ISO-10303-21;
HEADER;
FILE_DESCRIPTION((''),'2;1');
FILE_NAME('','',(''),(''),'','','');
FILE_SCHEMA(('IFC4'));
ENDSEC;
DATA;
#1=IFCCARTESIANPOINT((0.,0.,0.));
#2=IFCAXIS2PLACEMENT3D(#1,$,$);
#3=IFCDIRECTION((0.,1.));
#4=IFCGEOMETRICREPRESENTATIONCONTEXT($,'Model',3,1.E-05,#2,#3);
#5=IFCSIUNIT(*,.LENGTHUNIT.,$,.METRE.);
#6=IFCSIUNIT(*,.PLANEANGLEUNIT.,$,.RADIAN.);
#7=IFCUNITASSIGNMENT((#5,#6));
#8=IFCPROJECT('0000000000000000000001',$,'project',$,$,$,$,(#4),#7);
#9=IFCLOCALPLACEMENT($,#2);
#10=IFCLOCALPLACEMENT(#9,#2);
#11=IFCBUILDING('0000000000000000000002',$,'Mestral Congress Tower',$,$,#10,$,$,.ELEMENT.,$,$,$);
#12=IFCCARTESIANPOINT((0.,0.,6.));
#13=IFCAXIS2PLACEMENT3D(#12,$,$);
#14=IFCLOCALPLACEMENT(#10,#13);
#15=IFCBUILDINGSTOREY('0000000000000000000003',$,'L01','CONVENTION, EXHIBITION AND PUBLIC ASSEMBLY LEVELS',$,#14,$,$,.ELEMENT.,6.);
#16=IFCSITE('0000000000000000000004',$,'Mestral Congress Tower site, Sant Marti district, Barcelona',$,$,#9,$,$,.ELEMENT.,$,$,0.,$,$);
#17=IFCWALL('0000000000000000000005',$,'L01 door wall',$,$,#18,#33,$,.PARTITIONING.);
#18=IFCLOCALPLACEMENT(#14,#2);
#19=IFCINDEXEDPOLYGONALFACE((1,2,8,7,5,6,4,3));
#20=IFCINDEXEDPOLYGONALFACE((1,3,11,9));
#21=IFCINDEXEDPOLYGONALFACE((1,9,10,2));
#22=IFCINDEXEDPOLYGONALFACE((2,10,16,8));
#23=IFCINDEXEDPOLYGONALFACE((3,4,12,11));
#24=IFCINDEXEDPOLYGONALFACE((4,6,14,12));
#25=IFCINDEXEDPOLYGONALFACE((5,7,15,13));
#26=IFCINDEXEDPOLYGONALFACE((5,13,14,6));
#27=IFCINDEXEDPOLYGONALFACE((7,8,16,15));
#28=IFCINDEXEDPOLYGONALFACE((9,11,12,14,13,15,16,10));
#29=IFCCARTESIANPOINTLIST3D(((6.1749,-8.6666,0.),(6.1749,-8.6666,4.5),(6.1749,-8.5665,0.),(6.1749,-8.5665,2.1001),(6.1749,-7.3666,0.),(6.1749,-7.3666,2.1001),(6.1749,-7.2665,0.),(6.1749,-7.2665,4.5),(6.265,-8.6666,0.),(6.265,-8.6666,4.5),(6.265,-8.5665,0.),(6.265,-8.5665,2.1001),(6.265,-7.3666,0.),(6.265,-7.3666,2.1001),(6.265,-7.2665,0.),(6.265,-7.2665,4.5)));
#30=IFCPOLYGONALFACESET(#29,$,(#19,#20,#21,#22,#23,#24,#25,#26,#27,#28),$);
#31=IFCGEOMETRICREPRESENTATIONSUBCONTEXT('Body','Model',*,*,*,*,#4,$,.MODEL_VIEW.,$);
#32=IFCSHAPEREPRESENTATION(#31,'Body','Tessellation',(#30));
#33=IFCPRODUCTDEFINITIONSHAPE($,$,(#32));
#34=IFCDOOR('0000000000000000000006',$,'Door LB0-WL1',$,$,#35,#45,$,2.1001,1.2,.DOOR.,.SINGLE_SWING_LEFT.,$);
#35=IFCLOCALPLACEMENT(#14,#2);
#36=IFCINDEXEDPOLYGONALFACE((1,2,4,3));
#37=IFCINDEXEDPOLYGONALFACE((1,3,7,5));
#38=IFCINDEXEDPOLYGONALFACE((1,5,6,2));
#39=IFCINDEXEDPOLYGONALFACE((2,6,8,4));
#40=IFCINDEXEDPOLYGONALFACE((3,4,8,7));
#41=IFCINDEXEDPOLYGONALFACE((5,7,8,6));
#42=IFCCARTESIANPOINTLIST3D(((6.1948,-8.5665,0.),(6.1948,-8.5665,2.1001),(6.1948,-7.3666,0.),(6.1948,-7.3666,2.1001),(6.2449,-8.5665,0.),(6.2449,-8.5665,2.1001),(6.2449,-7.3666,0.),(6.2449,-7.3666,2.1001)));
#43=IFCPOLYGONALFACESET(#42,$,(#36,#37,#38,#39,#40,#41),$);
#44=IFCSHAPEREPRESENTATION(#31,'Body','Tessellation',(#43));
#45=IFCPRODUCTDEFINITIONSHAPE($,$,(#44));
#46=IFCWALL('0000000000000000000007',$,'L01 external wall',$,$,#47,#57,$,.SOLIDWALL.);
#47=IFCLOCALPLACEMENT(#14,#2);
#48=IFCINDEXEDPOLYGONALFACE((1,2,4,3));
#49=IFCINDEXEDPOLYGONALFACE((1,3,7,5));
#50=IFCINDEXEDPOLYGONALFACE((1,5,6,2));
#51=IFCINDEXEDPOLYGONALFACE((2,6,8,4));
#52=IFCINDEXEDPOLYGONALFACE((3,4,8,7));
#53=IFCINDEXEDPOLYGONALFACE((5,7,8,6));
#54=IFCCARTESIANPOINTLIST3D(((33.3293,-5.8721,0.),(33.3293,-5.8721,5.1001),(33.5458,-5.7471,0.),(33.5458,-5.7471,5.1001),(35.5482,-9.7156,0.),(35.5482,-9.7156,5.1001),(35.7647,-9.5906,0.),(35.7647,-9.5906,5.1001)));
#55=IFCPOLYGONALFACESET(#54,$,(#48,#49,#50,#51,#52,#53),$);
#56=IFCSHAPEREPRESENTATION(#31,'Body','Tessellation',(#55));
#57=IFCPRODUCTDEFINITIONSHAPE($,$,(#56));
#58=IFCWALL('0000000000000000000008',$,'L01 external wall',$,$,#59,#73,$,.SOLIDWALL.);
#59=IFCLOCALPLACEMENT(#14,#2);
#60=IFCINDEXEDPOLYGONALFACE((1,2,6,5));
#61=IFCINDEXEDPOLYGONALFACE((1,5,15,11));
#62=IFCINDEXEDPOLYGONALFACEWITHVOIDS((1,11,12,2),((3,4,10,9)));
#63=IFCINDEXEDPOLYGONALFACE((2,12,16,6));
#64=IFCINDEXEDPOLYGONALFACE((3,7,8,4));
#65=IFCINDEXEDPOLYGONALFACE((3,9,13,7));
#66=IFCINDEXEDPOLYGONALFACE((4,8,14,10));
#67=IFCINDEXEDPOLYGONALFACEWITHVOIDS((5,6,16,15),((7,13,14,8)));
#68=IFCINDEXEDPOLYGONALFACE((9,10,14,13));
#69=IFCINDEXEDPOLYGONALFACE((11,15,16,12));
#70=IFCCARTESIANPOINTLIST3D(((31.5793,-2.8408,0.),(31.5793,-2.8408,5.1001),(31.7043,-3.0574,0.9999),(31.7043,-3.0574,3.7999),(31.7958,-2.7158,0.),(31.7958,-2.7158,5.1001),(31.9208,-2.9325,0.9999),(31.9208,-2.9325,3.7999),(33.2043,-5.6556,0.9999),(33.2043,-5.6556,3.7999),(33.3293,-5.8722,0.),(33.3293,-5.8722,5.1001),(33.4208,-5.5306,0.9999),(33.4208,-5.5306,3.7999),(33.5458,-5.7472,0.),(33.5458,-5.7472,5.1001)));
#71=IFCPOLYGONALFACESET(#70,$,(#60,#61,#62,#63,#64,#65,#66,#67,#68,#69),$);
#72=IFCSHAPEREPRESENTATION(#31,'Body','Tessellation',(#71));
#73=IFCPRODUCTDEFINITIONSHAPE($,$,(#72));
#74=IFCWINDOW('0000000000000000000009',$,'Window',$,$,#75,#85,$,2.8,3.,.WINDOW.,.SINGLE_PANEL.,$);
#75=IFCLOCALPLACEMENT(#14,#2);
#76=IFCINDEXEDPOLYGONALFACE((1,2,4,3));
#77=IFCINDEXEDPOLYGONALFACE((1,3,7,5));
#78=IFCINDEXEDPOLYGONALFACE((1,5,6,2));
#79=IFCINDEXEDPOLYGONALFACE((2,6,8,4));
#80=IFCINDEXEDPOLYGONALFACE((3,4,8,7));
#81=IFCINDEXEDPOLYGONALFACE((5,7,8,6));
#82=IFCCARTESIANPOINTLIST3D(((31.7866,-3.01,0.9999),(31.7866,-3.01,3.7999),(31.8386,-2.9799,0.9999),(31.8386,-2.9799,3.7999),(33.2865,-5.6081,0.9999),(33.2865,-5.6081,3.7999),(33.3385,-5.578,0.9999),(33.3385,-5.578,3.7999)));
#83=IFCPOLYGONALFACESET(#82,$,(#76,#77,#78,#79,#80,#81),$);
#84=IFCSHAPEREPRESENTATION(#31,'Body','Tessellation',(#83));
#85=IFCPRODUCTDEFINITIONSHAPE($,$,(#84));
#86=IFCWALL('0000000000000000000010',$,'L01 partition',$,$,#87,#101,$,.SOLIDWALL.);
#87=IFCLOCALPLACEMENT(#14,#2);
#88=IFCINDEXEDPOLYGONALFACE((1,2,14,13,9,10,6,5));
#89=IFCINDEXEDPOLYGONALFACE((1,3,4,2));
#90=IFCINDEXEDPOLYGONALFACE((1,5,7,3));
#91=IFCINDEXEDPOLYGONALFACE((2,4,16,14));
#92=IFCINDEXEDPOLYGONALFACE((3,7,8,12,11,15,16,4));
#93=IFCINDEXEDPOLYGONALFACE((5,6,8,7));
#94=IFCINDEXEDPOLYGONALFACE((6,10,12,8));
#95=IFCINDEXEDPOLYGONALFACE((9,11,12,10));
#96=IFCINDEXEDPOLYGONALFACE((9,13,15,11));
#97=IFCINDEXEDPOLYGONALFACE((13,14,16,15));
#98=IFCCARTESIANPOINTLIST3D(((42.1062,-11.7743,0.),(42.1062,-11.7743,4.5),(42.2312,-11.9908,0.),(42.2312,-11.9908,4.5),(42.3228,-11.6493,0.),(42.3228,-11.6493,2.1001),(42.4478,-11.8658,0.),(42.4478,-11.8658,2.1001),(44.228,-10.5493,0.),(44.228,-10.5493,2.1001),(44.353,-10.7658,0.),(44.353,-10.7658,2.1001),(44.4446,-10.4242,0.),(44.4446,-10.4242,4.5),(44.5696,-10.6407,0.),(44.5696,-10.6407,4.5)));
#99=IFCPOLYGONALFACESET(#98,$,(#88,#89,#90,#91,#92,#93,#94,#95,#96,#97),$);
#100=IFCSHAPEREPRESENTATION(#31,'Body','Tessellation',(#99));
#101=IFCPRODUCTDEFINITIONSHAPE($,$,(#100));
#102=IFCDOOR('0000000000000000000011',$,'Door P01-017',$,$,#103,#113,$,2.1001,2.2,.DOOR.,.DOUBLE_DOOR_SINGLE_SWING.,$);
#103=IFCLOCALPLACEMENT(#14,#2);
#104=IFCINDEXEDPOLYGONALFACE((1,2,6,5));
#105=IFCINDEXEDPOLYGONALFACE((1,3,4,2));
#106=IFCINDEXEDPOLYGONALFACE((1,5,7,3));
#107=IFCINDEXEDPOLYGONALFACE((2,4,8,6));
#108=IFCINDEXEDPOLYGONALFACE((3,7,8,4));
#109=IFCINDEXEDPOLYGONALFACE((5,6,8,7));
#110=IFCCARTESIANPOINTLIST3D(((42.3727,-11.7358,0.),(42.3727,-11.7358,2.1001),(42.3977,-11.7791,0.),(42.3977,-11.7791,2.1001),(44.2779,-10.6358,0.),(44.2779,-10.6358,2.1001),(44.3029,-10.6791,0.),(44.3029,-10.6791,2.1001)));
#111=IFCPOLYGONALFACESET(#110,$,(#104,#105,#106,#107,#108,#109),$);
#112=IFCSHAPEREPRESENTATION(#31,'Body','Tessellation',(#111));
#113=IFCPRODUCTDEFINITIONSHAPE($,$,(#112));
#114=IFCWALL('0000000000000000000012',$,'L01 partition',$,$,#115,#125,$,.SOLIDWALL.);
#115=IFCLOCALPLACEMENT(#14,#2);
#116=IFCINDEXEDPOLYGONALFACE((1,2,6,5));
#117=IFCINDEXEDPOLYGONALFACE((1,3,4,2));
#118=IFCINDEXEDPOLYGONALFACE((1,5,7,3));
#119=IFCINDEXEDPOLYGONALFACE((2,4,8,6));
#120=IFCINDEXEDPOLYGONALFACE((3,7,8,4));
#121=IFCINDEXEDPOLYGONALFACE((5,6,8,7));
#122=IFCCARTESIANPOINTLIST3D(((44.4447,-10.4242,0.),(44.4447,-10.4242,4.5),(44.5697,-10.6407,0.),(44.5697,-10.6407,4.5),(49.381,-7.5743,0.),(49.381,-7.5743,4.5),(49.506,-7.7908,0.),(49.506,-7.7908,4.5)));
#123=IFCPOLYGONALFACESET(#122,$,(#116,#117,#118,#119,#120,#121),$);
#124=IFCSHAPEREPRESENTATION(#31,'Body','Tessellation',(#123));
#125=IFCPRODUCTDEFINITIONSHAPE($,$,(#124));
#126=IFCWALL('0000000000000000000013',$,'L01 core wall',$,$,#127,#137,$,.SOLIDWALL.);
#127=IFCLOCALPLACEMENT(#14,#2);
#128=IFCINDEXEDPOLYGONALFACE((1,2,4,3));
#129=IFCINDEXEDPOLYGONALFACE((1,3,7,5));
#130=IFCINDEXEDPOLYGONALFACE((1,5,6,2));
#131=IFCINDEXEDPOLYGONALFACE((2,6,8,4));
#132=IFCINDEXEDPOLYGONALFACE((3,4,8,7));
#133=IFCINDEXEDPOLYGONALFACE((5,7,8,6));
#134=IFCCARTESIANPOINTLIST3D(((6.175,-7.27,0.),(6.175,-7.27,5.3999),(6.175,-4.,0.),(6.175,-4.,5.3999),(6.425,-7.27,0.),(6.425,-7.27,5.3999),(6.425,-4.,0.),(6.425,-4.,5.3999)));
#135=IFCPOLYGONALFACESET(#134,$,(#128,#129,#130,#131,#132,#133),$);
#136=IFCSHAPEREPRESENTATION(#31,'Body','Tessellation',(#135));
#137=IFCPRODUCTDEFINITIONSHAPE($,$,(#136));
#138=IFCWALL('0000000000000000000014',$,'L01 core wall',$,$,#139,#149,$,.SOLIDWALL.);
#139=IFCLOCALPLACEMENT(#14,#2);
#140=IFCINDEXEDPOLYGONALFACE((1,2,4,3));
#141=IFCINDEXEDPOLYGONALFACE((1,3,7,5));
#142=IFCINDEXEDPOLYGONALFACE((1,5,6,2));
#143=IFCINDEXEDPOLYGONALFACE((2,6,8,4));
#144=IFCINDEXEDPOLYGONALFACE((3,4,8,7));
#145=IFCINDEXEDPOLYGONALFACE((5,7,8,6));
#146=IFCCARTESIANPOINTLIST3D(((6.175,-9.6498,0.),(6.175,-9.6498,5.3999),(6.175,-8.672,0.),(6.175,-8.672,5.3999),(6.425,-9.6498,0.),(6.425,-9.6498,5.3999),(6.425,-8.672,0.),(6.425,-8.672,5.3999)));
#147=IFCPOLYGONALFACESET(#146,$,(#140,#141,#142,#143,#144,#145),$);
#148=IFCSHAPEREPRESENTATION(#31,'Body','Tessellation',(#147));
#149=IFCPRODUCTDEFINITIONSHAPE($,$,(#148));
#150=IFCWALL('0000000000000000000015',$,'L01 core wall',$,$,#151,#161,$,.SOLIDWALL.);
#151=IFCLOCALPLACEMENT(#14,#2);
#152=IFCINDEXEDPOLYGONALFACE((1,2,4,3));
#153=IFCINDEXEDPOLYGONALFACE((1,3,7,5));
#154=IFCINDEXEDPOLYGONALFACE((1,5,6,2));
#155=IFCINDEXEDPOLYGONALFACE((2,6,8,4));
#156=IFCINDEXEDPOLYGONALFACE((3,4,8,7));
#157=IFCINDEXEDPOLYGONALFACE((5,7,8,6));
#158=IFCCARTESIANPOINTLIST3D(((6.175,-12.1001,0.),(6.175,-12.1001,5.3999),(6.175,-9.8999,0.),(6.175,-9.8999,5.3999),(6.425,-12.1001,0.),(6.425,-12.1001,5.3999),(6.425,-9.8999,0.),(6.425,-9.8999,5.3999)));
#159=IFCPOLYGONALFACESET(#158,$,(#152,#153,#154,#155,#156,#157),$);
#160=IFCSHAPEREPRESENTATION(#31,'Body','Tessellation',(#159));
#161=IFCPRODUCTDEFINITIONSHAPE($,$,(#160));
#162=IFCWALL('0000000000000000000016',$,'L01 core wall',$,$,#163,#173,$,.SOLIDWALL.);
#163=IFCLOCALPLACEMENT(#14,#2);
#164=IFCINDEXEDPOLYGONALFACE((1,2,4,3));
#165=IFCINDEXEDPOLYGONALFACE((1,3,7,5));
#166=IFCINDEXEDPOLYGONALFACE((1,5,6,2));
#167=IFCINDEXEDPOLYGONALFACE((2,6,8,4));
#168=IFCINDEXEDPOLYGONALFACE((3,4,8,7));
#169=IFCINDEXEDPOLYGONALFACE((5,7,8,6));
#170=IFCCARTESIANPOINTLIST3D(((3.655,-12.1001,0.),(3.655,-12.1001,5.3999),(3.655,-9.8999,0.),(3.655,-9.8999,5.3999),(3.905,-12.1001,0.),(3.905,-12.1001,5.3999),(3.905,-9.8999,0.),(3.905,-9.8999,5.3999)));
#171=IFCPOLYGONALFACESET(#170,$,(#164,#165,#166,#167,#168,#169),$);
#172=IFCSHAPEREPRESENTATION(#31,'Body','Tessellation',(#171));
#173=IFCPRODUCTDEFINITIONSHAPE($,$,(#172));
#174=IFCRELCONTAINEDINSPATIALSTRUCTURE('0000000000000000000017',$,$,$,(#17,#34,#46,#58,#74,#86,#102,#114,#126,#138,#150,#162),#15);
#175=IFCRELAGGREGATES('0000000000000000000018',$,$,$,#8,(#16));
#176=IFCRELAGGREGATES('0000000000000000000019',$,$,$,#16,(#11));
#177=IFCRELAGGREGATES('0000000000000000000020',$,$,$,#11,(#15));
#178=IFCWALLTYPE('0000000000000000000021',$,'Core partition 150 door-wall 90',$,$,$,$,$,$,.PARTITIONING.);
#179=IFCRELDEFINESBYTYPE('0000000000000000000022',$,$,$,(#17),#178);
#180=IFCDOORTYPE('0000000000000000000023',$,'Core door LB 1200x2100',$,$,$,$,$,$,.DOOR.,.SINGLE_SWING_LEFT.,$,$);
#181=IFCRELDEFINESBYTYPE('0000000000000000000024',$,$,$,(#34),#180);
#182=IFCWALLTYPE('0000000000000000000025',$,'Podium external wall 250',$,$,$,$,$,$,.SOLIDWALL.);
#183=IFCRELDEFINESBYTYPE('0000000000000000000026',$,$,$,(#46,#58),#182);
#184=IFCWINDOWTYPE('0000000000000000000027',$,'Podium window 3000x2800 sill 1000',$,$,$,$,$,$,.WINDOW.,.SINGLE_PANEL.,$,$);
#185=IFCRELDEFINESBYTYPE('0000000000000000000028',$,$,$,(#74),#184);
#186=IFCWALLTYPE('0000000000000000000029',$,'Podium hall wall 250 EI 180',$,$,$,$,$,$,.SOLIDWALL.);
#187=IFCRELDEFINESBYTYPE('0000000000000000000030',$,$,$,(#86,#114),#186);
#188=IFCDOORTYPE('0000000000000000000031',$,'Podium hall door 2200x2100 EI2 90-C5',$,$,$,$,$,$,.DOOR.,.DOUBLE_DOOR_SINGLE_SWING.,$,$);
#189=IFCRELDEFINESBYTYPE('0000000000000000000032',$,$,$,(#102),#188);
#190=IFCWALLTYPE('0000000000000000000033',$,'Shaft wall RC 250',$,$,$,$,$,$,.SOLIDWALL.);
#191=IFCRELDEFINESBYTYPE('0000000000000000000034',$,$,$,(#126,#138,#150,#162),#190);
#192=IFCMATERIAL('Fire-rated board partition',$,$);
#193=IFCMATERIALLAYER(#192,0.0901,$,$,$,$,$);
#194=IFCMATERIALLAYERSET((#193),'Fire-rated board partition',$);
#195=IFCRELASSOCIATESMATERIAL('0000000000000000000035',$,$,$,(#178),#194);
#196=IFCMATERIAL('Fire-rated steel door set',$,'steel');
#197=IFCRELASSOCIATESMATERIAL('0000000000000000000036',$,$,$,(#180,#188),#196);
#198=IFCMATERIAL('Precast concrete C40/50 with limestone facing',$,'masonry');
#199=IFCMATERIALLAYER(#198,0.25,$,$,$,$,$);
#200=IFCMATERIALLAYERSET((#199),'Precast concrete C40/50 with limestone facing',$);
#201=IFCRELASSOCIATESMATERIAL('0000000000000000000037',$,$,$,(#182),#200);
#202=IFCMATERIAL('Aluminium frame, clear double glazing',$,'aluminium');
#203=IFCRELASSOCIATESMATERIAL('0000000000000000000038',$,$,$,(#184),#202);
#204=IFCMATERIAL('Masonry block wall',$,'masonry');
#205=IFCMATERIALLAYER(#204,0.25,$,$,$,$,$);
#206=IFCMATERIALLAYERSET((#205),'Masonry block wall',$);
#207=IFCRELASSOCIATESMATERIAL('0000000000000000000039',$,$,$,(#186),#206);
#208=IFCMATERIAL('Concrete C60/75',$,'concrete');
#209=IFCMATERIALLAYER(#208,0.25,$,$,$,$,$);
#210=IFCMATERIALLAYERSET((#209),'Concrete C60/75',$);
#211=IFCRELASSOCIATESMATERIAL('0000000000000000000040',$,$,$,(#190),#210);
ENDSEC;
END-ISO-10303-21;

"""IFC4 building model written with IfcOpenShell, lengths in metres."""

from ifc_helpers import new_model, si_unit, direction, frame, frame_2d, origin, place, context, subcontext, project, spatial, rectangle, extrude, material, layer, layer_set, type_object, element, fill, save


model = new_model("IFC4")

# Units and contexts
model_context = context("Model", 3, precision=1e-05, world=origin(), true_north=direction((0.0, 1.0)))
body_context = subcontext(model_context, "Body", "Model", "MODEL_VIEW")
ifc_project = project(units=[si_unit("LENGTHUNIT", "METRE"), si_unit("PLANEANGLEUNIT", "RADIAN")], contexts=[model_context])

# Site, building, storey
site_placement = place(None, origin())
site = spatial("IfcSite", under=ifc_project, at=site_placement, Name="Mestral Congress Tower site, Sant Marti district, Barcelona", CompositionType="ELEMENT", RefElevation=0.0)
building_placement = place(site_placement, origin())
building = spatial("IfcBuilding", under=site, at=building_placement, Name="Mestral Congress Tower", CompositionType="ELEMENT")
storey_placement = place(building_placement, frame((0.0, 0.0, 6.0)))
storey = spatial("IfcBuildingStorey", under=building, at=storey_placement, Name="L01", Description="CONVENTION, EXHIBITION AND PUBLIC ASSEMBLY LEVELS", CompositionType="ELEMENT", Elevation=6.0)

# Wall, opening, door
ifc_material_1 = material(Name="Fire-rated board partition")
ifc_layer_1 = layer(ifc_material_1, 0.0901)
ifc_layer_set_1 = layer_set([ifc_layer_1], Name="Fire-rated board partition")
wall_type_1 = type_object("IfcWallType", Name="Core partition 150 door-wall 90", PredefinedType="PARTITIONING", material=ifc_layer_set_1)
wall_1_placement = place(storey_placement, frame((6.22, -7.2664, 0.0), z_axis=(0.0, 0.0, 1.0), x_axis=(0.0, -1.0, 0.0)))
wall_1 = element("IfcWall", 1, at=wall_1_placement, inside=storey, type_object=wall_type_1, Name="L01 door wall", PredefinedType="PARTITIONING", context=body_context, shape_type="SweptSolid", body=[
    extrude(rectangle(XDim=1.4001, YDim=0.0901, at=frame_2d((0.7002, 0.0))), origin(), (0.0, 0.0, 1.0), 4.5),
])
opening_1_placement = place(wall_1_placement, frame((0.1001, 0.0, 0.0)))
opening_1 = element("IfcOpeningElement", 2, at=opening_1_placement, cuts=wall_1, PredefinedType="OPENING", context=body_context, shape_type="SweptSolid", body=[
    extrude(rectangle(XDim=1.2, YDim=2.1001, at=frame_2d((0.6001, 1.05))), frame((0.0, 0.0549, 0.0), z_axis=(0.0, -1.0, 0.0), x_axis=(1.0, 0.0, 0.0)), (0.0, 0.0, 1.0), 0.1101),
])
ifc_material_2 = material(Name="Fire-rated steel door set", Category="steel")
door_type_1 = type_object("IfcDoorType", Name="Core door LB 1200x2100", OperationType="SINGLE_SWING_LEFT", PredefinedType="DOOR", material=ifc_material_2)
door_1_placement = place(opening_1_placement, origin())
door_1 = element("IfcDoor", 3, at=door_1_placement, inside=storey, type_object=door_type_1, Name="Door LB0-WL1", OperationType="SINGLE_SWING_LEFT", OverallHeight=2.1001, OverallWidth=1.2, PredefinedType="DOOR", context=body_context, shape_type="SweptSolid", body=[
    extrude(rectangle(XDim=1.2, YDim=2.1001, at=frame_2d((0.6001, 1.05))), frame((0.0, 0.0249, 0.0), z_axis=(0.0, -1.0, 0.0), x_axis=(1.0, 0.0, 0.0)), (0.0, 0.0, 1.0), 0.05),
])
fill(opening_1, door_1)

# Wall
ifc_material_3 = material(Name="Precast concrete C40/50 with limestone facing", Category="masonry")
ifc_layer_2 = layer(ifc_material_3, 0.25)
ifc_layer_set_2 = layer_set([ifc_layer_2], Name="Precast concrete C40/50 with limestone facing")
wall_type_2 = type_object("IfcWallType", Name="Podium external wall 250", PredefinedType="SOLIDWALL", material=ifc_layer_set_2)
wall_2_placement = place(storey_placement, frame((35.6565, -9.6531, 0.0), z_axis=(0.0, 0.0, 1.0), x_axis=(-0.499991, 0.866031, 0.0)))
element("IfcWall", 4, at=wall_2_placement, inside=storey, type_object=wall_type_2, Name="L01 external wall", PredefinedType="SOLIDWALL", context=body_context, shape_type="SweptSolid", body=[
    extrude(rectangle(XDim=4.438, YDim=0.25, at=frame_2d((2.219, 0.0))), origin(), (0.0, 0.0, 1.0), 5.1001),
])

# Wall, opening, window
wall_3_placement = place(storey_placement, frame((33.4375, -5.8096, 0.0), z_axis=(0.0, 0.0, 1.0), x_axis=(-0.49998, 0.866037, 0.0)))
wall_3 = element("IfcWall", 5, at=wall_3_placement, inside=storey, type_object=wall_type_2, Name="L01 external wall", PredefinedType="SOLIDWALL", context=body_context, shape_type="SweptSolid", body=[
    extrude(rectangle(XDim=3.5002, YDim=0.25, at=frame_2d((1.75, 0.0))), origin(), (0.0, 0.0, 1.0), 5.1001),
])
opening_2_placement = place(wall_3_placement, frame((0.25, 0.0, 1.0)))
opening_2 = element("IfcOpeningElement", 6, at=opening_2_placement, cuts=wall_3, PredefinedType="OPENING", context=body_context, shape_type="SweptSolid", body=[
    extrude(rectangle(XDim=3.0, YDim=2.8, at=frame_2d((1.5, 1.3999))), frame((0.0, 0.135, 0.0), z_axis=(0.0, -1.0, 0.0), x_axis=(1.0, 0.0, 0.0)), (0.0, 0.0, 1.0), 0.27),
])
ifc_material_4 = material(Name="Aluminium frame, clear double glazing", Category="aluminium")
window_type = type_object("IfcWindowType", Name="Podium window 3000x2800 sill 1000", PartitioningType="SINGLE_PANEL", PredefinedType="WINDOW", material=ifc_material_4)
window_placement = place(opening_2_placement, origin())
window = element("IfcWindow", 7, at=window_placement, inside=storey, type_object=window_type, Name="Window", OverallHeight=2.8, OverallWidth=3.0, PartitioningType="SINGLE_PANEL", PredefinedType="WINDOW", context=body_context, shape_type="SweptSolid", body=[
    extrude(rectangle(XDim=3.0, YDim=2.8, at=frame_2d((1.5, 1.3999))), frame((0.0, 0.03, 0.0), z_axis=(0.0, -1.0, 0.0), x_axis=(1.0, 0.0, 0.0)), (0.0, 0.0, 1.0), 0.0601),
])
fill(opening_2, window)

# Wall, opening, door
ifc_material_5 = material(Name="Masonry block wall", Category="masonry")
ifc_layer_3 = layer(ifc_material_5, 0.25)
ifc_layer_set_3 = layer_set([ifc_layer_3], Name="Masonry block wall")
wall_type_3 = type_object("IfcWallType", Name="Podium hall wall 250 EI 180", PredefinedType="SOLIDWALL", material=ifc_layer_set_3)
wall_4_placement = place(storey_placement, frame((44.5071, -10.5325, 0.0), z_axis=(0.0, 0.0, 1.0), x_axis=(-0.86602, -0.500009, 0.0)))
wall_4 = element("IfcWall", 8, at=wall_4_placement, inside=storey, type_object=wall_type_3, Name="L01 partition", PredefinedType="SOLIDWALL", context=body_context, shape_type="SweptSolid", body=[
    extrude(rectangle(XDim=2.7002, YDim=0.25, at=frame_2d((1.3501, 0.0))), origin(), (0.0, 0.0, 1.0), 4.5),
])
opening_3_placement = place(wall_4_placement, frame((0.25, 0.0, 0.0)))
opening_3 = element("IfcOpeningElement", 9, at=opening_3_placement, cuts=wall_4, PredefinedType="OPENING", context=body_context, shape_type="SweptSolid", body=[
    extrude(rectangle(XDim=2.2, YDim=2.1001, at=frame_2d((1.1001, 1.05))), frame((0.0, 0.135, 0.0), z_axis=(0.0, -1.0, 0.0), x_axis=(1.0, 0.0, 0.0)), (0.0, 0.0, 1.0), 0.27),
])
door_type_2 = type_object("IfcDoorType", Name="Podium hall door 2200x2100 EI2 90-C5", OperationType="DOUBLE_DOOR_SINGLE_SWING", PredefinedType="DOOR", material=ifc_material_2)
door_2_placement = place(opening_3_placement, origin())
door_2 = element("IfcDoor", 10, at=door_2_placement, inside=storey, type_object=door_type_2, Name="Door P01-017", OperationType="DOUBLE_DOOR_SINGLE_SWING", OverallHeight=2.1001, OverallWidth=2.2, PredefinedType="DOOR", context=body_context, shape_type="SweptSolid", body=[
    extrude(rectangle(XDim=2.2, YDim=2.1001, at=frame_2d((1.1001, 1.05))), frame((0.0, 0.0249, 0.0), z_axis=(0.0, -1.0, 0.0), x_axis=(1.0, 0.0, 0.0)), (0.0, 0.0, 1.0), 0.05),
])
fill(opening_3, door_2)

# Walls
wall_5_placement = place(storey_placement, frame((44.5071, -10.5325, 0.0), z_axis=(0.0, 0.0, 1.0), x_axis=(0.866034, 0.499986, 0.0)))
element("IfcWall", 11, at=wall_5_placement, inside=storey, type_object=wall_type_3, Name="L01 partition", PredefinedType="SOLIDWALL", context=body_context, shape_type="SweptSolid", body=[
    extrude(rectangle(XDim=5.7, YDim=0.25, at=frame_2d((2.8501, 0.0))), origin(), (0.0, 0.0, 1.0), 4.5),
])
ifc_material_6 = material(Name="Concrete C60/75", Category="concrete")
ifc_layer_4 = layer(ifc_material_6, 0.25)
ifc_layer_set_4 = layer_set([ifc_layer_4], Name="Concrete C60/75")
wall_type_4 = type_object("IfcWallType", Name="Shaft wall RC 250", PredefinedType="SOLIDWALL", material=ifc_layer_set_4)
wall_6_placement = place(storey_placement, frame((6.3, -7.27, 0.0), z_axis=(0.0, 0.0, 1.0), x_axis=(0.0, 1.0, 0.0)))
element("IfcWall", 12, at=wall_6_placement, inside=storey, type_object=wall_type_4, Name="L01 core wall", PredefinedType="SOLIDWALL", context=body_context, shape_type="SweptSolid", body=[
    extrude(rectangle(XDim=3.27, YDim=0.25, at=frame_2d((1.635, 0.0))), origin(), (0.0, 0.0, 1.0), 5.3999),
])
wall_7_placement = place(storey_placement, frame((6.3, -8.6721, 0.0), z_axis=(0.0, 0.0, 1.0), x_axis=(0.0, -1.0, 0.0)))
element("IfcWall", 13, at=wall_7_placement, inside=storey, type_object=wall_type_4, Name="L01 core wall", PredefinedType="SOLIDWALL", context=body_context, shape_type="SweptSolid", body=[
    extrude(rectangle(XDim=0.9778, YDim=0.25, at=frame_2d((0.4888, 0.0))), origin(), (0.0, 0.0, 1.0), 5.3999),
])
for number, where, z_axis, x_axis, name in (
    (14, (6.3, -9.8999, 0.0), (0.0, 0.0, 1.0), (0.0, -1.0, 0.0), "L01 core wall"),
    (15, (3.78, -9.8999, 0.0), (0.0, 0.0, 1.0), (0.0, -1.0, 0.0), "L01 core wall"),
):
    element("IfcWall", number, at=place(storey_placement, frame(where, z_axis=z_axis, x_axis=x_axis)), inside=storey, type_object=wall_type_4, Name=name, PredefinedType="SOLIDWALL", context=body_context, shape_type="SweptSolid", body=[
        extrude(rectangle(XDim=2.2002, YDim=0.25, at=frame_2d((1.1001, 0.0))), origin(), (0.0, 0.0, 1.0), 5.3999),
    ])

save(model, "model.ifc")
